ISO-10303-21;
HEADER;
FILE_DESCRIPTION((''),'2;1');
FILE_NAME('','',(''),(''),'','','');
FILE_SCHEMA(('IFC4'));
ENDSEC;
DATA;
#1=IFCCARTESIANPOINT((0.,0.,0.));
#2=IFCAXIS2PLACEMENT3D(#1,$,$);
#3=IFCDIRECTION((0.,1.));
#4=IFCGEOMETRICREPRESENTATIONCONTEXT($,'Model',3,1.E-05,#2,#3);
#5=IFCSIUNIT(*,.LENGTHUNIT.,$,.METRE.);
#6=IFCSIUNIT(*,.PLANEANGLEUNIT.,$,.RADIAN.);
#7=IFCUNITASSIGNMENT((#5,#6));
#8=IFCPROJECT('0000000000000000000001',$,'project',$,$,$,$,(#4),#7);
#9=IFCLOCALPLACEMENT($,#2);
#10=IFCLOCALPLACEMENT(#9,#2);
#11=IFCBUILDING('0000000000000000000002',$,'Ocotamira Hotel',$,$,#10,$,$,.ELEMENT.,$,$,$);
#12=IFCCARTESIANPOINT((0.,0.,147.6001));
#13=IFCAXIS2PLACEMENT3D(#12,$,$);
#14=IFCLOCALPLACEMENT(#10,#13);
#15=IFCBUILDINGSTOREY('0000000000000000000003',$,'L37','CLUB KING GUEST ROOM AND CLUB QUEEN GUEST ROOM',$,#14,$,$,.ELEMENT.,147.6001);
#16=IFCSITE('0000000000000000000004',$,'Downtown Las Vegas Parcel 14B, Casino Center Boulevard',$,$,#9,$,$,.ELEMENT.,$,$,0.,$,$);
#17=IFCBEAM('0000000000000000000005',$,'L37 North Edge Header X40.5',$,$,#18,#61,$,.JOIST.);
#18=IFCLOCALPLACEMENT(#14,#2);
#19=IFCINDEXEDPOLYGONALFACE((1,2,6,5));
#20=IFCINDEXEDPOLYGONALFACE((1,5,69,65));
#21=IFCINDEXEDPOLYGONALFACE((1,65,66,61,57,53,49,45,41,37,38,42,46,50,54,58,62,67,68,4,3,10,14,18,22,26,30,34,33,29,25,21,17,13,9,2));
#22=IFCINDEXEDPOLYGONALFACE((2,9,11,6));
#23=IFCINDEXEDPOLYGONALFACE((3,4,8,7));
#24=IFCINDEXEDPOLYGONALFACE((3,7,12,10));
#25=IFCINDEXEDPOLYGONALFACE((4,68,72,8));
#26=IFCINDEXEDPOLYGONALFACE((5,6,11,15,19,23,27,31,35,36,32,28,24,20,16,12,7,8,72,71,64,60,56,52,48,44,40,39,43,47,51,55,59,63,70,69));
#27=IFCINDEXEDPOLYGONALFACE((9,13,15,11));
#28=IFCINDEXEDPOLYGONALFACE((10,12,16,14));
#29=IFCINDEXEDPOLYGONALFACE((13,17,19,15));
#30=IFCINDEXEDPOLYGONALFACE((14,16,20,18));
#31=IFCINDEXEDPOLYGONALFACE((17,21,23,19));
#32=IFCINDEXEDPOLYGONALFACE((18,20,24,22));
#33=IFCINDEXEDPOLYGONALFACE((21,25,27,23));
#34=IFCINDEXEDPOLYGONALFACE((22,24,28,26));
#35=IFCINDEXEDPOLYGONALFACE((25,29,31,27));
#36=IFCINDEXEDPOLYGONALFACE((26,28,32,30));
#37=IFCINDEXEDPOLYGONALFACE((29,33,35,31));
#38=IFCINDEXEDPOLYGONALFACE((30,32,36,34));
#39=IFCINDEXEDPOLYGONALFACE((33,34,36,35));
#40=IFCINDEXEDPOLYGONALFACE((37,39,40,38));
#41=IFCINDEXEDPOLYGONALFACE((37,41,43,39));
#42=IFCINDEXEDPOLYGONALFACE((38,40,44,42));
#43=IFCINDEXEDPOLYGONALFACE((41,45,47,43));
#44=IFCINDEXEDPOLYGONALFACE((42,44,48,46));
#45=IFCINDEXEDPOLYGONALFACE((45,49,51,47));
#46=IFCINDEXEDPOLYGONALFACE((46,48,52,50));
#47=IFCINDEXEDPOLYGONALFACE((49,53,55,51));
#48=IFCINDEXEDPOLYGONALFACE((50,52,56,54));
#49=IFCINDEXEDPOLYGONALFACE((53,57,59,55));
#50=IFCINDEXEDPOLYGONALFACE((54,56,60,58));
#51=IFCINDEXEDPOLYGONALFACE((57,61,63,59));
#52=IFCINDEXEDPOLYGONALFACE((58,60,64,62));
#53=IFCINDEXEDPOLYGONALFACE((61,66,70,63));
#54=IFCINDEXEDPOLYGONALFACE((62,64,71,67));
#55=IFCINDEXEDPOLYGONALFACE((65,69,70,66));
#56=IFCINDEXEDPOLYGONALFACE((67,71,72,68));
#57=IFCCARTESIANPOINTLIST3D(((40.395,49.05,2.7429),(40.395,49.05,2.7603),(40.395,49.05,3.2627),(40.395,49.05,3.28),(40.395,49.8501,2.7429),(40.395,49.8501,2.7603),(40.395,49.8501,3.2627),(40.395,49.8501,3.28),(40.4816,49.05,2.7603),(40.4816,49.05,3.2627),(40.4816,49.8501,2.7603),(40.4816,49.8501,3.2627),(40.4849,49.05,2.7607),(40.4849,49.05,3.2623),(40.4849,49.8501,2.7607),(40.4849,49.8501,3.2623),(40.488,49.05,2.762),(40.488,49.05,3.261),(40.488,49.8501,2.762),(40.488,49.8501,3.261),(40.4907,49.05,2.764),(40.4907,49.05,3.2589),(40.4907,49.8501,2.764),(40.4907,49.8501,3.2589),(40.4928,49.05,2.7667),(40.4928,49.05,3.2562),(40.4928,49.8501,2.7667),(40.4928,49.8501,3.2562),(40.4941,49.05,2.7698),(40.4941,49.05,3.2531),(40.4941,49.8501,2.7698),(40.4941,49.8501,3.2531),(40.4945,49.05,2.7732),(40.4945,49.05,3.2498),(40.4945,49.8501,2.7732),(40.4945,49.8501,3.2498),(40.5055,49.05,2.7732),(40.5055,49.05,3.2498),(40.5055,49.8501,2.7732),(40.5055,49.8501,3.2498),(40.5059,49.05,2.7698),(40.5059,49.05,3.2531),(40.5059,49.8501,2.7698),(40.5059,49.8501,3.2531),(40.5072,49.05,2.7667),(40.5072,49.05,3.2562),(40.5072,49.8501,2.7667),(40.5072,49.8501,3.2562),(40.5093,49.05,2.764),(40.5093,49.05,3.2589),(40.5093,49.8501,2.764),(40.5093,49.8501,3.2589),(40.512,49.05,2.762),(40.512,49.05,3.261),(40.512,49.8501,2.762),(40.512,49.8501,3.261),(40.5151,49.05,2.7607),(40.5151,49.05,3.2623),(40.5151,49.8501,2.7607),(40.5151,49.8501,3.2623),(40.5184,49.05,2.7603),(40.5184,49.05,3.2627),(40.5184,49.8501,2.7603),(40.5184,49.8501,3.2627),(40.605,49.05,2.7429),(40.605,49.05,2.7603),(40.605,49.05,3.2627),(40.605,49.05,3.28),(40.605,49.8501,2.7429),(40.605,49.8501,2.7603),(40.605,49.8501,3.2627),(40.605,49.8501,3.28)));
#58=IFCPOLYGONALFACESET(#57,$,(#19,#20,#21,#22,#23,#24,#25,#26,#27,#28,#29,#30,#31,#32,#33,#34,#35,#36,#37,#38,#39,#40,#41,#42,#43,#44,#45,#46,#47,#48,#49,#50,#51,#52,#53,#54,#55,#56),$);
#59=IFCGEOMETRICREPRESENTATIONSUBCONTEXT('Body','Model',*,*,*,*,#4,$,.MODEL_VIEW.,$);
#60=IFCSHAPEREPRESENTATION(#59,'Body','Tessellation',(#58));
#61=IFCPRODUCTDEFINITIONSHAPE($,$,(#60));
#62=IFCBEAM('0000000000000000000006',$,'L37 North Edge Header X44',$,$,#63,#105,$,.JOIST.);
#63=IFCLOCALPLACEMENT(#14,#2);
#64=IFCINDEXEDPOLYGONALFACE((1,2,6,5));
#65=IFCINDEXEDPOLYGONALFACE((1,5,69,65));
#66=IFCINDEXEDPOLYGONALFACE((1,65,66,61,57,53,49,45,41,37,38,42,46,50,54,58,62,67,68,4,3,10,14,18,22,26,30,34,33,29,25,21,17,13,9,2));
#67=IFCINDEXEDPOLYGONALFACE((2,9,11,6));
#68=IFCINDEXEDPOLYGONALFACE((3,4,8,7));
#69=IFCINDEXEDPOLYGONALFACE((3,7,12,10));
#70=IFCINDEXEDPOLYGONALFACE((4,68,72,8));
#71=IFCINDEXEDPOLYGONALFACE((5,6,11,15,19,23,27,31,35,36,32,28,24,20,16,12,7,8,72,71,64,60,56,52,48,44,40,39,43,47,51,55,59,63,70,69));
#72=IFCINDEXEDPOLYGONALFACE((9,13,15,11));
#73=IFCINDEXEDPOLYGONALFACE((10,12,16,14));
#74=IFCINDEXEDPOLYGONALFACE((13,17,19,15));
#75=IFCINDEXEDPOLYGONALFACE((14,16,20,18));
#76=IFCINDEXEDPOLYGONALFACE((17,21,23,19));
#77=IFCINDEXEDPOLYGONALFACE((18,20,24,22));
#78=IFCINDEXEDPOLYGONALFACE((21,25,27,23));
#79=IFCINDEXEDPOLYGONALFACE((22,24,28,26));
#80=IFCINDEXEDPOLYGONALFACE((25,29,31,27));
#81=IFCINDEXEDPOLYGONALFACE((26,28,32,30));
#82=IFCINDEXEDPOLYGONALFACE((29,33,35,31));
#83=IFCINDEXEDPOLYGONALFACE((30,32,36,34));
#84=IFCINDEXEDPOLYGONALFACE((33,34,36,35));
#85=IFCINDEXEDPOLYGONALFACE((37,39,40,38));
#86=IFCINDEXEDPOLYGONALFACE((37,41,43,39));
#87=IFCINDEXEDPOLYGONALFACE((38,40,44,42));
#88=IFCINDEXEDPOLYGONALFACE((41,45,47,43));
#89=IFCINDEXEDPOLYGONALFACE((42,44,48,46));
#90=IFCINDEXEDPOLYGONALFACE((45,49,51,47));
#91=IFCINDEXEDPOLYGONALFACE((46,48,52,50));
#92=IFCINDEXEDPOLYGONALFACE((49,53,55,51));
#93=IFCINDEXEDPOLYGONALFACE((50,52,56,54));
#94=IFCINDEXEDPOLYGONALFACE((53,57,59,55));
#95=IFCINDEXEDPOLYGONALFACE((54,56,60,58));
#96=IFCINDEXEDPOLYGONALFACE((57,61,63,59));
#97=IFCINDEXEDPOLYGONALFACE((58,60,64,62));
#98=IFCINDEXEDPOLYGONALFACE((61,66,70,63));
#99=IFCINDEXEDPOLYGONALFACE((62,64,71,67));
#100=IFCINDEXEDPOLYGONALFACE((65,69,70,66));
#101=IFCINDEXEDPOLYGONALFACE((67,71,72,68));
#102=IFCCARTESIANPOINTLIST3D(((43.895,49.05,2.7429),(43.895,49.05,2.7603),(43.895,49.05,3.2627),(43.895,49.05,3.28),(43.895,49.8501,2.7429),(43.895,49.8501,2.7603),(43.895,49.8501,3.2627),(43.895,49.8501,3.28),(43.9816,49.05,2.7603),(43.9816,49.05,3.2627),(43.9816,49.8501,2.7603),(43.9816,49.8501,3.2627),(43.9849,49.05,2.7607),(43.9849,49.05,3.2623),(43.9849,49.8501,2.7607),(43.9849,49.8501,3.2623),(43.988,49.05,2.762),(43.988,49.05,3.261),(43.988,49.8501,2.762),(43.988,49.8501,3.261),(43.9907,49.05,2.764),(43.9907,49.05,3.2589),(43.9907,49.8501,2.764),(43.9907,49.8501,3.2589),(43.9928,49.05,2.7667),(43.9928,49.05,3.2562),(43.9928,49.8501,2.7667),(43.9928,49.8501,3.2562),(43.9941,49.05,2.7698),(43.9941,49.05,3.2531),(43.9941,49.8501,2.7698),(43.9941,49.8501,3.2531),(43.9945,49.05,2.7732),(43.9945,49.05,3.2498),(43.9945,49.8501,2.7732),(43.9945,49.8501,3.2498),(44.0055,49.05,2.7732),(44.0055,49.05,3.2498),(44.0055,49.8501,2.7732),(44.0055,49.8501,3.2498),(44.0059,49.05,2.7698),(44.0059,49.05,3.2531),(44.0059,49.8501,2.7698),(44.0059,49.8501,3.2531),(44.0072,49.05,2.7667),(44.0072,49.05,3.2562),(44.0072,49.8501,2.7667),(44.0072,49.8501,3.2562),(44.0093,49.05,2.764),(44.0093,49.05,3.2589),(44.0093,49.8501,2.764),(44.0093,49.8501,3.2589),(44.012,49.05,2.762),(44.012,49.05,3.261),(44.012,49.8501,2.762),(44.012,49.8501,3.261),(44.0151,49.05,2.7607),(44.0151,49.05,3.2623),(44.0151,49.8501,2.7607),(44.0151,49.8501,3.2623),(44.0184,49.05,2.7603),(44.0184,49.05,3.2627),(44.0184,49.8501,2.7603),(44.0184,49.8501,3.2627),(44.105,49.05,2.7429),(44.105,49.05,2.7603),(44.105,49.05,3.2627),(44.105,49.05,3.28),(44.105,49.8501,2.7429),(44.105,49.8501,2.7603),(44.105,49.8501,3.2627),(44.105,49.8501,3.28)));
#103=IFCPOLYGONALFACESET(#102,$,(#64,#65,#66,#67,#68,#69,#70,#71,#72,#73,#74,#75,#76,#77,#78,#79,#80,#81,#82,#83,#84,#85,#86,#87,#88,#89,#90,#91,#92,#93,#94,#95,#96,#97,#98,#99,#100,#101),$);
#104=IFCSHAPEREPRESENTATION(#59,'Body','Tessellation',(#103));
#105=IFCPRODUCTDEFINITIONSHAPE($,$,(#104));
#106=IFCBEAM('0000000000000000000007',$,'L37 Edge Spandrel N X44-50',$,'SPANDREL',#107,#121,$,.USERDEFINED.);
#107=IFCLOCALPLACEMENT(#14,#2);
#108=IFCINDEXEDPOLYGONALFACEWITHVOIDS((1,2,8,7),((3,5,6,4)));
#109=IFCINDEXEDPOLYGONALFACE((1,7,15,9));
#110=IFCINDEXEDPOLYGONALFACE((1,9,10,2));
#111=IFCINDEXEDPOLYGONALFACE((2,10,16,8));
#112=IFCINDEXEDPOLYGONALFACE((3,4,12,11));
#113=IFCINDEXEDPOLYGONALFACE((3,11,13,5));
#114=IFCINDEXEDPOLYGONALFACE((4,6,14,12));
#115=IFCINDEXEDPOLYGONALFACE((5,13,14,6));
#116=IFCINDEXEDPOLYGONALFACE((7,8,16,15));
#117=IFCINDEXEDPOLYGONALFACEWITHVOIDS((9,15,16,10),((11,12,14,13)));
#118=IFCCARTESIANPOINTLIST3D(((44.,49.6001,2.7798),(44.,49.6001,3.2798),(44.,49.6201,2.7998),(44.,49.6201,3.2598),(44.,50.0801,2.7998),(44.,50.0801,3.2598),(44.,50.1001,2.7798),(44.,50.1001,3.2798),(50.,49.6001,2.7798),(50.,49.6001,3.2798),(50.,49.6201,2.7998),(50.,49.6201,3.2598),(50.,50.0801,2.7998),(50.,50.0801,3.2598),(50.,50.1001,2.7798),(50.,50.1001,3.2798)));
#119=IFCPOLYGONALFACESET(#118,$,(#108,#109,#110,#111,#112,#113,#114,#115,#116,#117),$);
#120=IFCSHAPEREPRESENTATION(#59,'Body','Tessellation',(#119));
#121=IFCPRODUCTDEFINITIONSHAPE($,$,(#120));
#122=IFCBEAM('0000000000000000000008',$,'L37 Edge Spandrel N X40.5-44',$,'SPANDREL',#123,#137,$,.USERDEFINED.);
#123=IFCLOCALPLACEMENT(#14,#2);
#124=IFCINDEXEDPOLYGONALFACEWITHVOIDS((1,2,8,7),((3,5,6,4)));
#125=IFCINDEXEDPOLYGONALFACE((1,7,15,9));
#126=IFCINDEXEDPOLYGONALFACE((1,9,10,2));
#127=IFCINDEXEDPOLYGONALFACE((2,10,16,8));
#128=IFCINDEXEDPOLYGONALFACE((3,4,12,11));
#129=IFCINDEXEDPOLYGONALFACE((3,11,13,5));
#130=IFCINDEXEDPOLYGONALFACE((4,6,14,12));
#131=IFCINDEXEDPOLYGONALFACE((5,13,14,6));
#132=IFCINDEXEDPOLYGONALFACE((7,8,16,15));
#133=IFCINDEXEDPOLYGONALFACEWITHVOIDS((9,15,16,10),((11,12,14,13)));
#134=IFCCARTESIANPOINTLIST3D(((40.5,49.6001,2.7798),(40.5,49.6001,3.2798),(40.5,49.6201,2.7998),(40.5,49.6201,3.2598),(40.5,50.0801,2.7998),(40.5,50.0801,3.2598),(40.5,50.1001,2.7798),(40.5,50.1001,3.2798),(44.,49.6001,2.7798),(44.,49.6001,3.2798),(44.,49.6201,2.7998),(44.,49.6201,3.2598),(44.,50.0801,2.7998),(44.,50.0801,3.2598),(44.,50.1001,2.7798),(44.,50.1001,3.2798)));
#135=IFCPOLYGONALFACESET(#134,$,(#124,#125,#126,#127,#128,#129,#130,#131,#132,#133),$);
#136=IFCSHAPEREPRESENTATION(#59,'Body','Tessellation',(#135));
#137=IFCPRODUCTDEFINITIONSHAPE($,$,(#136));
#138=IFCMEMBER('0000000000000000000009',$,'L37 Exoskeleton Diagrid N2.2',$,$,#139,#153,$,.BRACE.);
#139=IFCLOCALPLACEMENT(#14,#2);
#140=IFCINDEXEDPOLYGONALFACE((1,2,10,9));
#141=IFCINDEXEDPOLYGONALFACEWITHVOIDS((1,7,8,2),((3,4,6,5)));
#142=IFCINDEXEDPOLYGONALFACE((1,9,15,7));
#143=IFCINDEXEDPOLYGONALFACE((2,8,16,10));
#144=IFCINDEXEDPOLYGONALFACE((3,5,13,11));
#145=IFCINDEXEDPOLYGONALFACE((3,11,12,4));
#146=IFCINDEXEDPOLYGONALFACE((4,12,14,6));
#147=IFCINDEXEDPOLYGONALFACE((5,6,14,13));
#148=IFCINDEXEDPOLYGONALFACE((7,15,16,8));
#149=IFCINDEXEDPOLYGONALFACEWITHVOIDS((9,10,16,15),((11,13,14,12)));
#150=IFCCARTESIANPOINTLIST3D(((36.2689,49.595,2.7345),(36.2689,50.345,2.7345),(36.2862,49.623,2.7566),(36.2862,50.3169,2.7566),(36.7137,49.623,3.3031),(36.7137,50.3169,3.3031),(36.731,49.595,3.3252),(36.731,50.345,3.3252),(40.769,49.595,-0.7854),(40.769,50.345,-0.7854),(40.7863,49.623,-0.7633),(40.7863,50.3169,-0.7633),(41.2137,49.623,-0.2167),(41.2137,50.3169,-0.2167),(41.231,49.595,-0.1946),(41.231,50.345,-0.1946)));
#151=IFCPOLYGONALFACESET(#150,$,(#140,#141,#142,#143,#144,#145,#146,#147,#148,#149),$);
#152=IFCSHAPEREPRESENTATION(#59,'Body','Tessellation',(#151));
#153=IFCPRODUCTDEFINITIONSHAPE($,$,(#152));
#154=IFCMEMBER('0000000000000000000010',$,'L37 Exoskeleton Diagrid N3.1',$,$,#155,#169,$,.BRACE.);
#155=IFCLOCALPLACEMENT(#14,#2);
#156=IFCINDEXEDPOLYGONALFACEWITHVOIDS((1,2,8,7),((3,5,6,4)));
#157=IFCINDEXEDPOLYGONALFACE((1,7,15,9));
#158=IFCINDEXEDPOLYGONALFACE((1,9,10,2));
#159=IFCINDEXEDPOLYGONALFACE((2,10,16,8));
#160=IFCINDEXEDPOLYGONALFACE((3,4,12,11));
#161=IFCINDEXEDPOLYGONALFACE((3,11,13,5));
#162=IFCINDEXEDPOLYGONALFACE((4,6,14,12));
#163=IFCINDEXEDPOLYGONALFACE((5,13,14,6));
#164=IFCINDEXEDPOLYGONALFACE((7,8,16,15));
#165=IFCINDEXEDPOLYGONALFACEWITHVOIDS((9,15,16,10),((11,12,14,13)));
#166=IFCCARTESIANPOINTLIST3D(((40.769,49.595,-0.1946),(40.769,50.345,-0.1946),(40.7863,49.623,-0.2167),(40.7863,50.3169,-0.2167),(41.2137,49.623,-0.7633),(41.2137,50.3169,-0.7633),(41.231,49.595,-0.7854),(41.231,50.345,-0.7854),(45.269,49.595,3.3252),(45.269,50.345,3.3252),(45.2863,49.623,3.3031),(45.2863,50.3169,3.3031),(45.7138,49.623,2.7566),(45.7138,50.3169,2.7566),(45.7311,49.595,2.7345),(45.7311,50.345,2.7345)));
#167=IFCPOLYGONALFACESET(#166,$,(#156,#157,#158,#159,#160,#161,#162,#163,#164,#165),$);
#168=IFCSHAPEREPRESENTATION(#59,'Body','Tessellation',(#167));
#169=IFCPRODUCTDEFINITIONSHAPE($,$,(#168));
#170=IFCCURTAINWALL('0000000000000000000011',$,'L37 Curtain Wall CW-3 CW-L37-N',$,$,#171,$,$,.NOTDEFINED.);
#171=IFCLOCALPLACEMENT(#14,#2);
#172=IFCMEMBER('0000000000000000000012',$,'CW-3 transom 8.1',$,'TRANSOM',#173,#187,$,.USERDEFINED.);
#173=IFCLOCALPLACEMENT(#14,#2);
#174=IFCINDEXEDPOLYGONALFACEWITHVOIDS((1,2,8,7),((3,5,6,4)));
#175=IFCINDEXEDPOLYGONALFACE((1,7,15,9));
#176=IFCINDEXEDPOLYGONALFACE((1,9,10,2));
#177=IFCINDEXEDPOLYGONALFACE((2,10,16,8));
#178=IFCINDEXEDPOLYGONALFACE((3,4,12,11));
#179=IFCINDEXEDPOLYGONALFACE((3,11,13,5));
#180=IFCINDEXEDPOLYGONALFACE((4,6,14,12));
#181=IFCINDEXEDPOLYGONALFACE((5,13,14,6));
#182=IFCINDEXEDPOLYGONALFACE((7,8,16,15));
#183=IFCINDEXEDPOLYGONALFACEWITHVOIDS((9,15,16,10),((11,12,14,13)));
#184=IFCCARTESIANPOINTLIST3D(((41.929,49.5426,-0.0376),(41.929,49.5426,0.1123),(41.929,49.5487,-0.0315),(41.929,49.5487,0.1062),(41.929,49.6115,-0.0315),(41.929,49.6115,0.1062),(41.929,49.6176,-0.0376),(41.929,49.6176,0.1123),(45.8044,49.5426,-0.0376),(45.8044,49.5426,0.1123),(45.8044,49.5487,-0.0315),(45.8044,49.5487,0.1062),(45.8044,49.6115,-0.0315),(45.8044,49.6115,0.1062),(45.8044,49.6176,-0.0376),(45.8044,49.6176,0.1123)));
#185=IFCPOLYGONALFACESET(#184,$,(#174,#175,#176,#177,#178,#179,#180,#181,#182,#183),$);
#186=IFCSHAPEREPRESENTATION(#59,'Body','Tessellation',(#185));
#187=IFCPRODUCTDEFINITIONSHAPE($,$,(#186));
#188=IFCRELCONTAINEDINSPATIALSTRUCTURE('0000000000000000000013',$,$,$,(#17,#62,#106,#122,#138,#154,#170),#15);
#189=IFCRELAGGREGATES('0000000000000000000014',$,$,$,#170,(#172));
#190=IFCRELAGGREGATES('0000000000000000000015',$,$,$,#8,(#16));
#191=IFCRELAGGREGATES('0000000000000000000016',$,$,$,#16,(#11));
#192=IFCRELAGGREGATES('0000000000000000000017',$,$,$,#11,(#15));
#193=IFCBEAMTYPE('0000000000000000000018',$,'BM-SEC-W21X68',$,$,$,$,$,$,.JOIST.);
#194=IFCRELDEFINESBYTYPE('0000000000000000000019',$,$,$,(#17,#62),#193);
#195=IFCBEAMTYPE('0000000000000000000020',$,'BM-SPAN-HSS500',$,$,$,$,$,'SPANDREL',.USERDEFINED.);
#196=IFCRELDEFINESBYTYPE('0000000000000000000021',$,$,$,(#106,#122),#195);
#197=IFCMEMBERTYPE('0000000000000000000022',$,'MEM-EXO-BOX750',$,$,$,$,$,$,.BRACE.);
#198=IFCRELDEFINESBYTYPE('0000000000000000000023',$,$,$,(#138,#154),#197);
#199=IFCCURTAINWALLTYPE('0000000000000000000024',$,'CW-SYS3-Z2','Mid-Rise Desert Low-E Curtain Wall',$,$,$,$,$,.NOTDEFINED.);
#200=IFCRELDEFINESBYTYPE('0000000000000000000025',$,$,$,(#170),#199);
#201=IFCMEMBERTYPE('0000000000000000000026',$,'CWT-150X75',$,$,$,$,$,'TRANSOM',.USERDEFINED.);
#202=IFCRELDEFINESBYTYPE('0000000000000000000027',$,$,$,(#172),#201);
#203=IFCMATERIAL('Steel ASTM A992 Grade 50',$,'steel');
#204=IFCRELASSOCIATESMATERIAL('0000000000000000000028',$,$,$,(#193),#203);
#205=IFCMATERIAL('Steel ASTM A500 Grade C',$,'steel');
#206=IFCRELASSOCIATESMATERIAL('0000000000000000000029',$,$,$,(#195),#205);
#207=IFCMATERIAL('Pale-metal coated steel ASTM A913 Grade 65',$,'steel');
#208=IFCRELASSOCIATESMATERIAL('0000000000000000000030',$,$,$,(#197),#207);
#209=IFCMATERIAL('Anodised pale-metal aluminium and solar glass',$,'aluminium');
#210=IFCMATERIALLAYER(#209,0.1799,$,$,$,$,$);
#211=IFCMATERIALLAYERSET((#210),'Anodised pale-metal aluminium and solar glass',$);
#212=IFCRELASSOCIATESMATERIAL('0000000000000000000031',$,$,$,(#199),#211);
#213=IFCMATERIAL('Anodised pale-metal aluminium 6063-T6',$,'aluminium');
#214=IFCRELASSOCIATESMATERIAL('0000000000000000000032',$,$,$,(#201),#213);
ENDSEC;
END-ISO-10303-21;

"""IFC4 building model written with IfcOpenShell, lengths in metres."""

from ifc_helpers import new_model, si_unit, direction, frame, origin, origin_2d, place, context, subcontext, project, spatial, hollow_rectangle, i_section, extrude, source, transform, mapped, material, layer, layer_set, material_profile, profile_set, type_object, element, aggregate, save


model = new_model("IFC4")

# Units and contexts
model_context = context("Model", 3, precision=1e-05, world=origin(), true_north=direction((0.0, 1.0)))
body_context = subcontext(model_context, "Body", "Model", "MODEL_VIEW")
ifc_project = project(units=[si_unit("LENGTHUNIT", "METRE"), si_unit("PLANEANGLEUNIT", "RADIAN")], contexts=[model_context])

# Site, building, storey
site_placement = place(None, origin())
site = spatial("IfcSite", under=ifc_project, at=site_placement, Name="Downtown Las Vegas Parcel 14B, Casino Center Boulevard", CompositionType="ELEMENT", RefElevation=0.0)
building_placement = place(site_placement, origin())
building = spatial("IfcBuilding", under=site, at=building_placement, Name="Ocotamira Hotel", CompositionType="ELEMENT")
storey_placement = place(building_placement, frame((0.0, 0.0, 147.6001)))
storey = spatial("IfcBuildingStorey", under=building, at=storey_placement, Name="L37", Description="CLUB KING GUEST ROOM AND CLUB QUEEN GUEST ROOM", CompositionType="ELEMENT", Elevation=147.6001)

# Beams
ifc_material_1 = material(Name="Steel ASTM A992 Grade 50", Category="steel")
ifc_material_profile_1 = material_profile(ifc_material_1, i_section(OverallWidth=0.21, OverallDepth=0.5371, WebThickness=0.011, FlangeThickness=0.0173, FilletRadius=0.0129, at=origin_2d()), Name="W21X68")
ifc_profile_set_1 = profile_set([ifc_material_profile_1], Name="Steel ASTM A992 Grade 50")
beam_type_1 = type_object("IfcBeamType", Name="BM-SEC-W21X68", PredefinedType="JOIST", material=ifc_profile_set_1)
shared_shape_1 = source(origin(), body_context, "Body", "SweptSolid", [
    extrude(i_section(OverallWidth=0.21, OverallDepth=0.5371, WebThickness=0.011, FlangeThickness=0.0173, FilletRadius=0.0129, at=origin_2d()), origin(), (0.0, 0.0, 1.0), 0.8),
])
for number, where, z_axis, x_axis, name in (
    (1, (40.5, 49.05, 3.0115), (0.0, 1.0, 0.0), (-1.0, 0.0, 0.0), "L37 North Edge Header X40.5"),
    (2, (44.0, 49.05, 3.0115), (0.0, 1.0, 0.0), (-1.0, 0.0, 0.0), "L37 North Edge Header X44"),
):
    element("IfcBeam", number, at=place(storey_placement, frame(where, z_axis=z_axis, x_axis=x_axis)), inside=storey, type_object=beam_type_1, Name=name, PredefinedType="JOIST", context=body_context, shape_type="MappedRepresentation", body=[
        mapped(shared_shape_1, transform((0.0, 0.0, 0.0), scale=1.0)),
    ])
ifc_material_2 = material(Name="Steel ASTM A500 Grade C", Category="steel")
ifc_material_profile_2 = material_profile(ifc_material_2, hollow_rectangle(XDim=0.5, YDim=0.5, WallThickness=0.02, at=origin_2d()), Name="HSS500X500X20")
ifc_profile_set_2 = profile_set([ifc_material_profile_2], Name="Steel ASTM A500 Grade C")
beam_type_2 = type_object("IfcBeamType", Name="BM-SPAN-HSS500", ElementType="SPANDREL", PredefinedType="USERDEFINED", material=ifc_profile_set_2)
shared_shape_2 = source(origin(), body_context, "Body", "SweptSolid", [
    extrude(hollow_rectangle(XDim=0.5, YDim=0.5, WallThickness=0.02, at=origin_2d()), origin(), (0.0, 0.0, 1.0), 6.0),
])
beam_1_placement = place(storey_placement, frame((44.0, 49.8501, 3.0298), z_axis=(1.0, 0.0, 0.0), x_axis=(0.0, 1.0, 0.0)))
element("IfcBeam", 3, at=beam_1_placement, inside=storey, type_object=beam_type_2, Name="L37 Edge Spandrel N X44-50", ObjectType="SPANDREL", PredefinedType="USERDEFINED", context=body_context, shape_type="MappedRepresentation", body=[
    mapped(shared_shape_2, transform((0.0, 0.0, 0.0), scale=1.0)),
])
shared_shape_3 = source(origin(), body_context, "Body", "SweptSolid", [
    extrude(hollow_rectangle(XDim=0.5, YDim=0.5, WallThickness=0.02, at=origin_2d()), origin(), (0.0, 0.0, 1.0), 3.5),
])
beam_2_placement = place(storey_placement, frame((40.5, 49.8501, 3.0298), z_axis=(1.0, 0.0, 0.0), x_axis=(0.0, 1.0, 0.0)))
element("IfcBeam", 4, at=beam_2_placement, inside=storey, type_object=beam_type_2, Name="L37 Edge Spandrel N X40.5-44", ObjectType="SPANDREL", PredefinedType="USERDEFINED", context=body_context, shape_type="MappedRepresentation", body=[
    mapped(shared_shape_3, transform((0.0, 0.0, 0.0), scale=1.0)),
])

# Members
ifc_material_3 = material(Name="Pale-metal coated steel ASTM A913 Grade 65", Category="steel")
ifc_material_profile_3 = material_profile(ifc_material_3, hollow_rectangle(XDim=0.75, YDim=0.75, WallThickness=0.0281, at=origin_2d()), Name="BOX750X750X28")
ifc_profile_set_3 = profile_set([ifc_material_profile_3], Name="Pale-metal coated steel ASTM A913 Grade 65")
member_type_1 = type_object("IfcMemberType", Name="MEM-EXO-BOX750", PredefinedType="BRACE", material=ifc_profile_set_3)
shared_shape_4 = source(origin(), body_context, "Body", "SweptSolid", [
    extrude(hollow_rectangle(XDim=0.75, YDim=0.75, WallThickness=0.0281, at=origin_2d()), origin(), (0.0, 0.0, 1.0), 5.7131),
])
for number, where, z_axis, x_axis, name in (
    (5, (41.0, 49.97, -0.49), (-0.787672, 0.0, 0.616095), (0.0, -1.0, 0.0), "L37 Exoskeleton Diagrid N2.2"),
    (6, (41.0, 49.97, -0.49), (0.787672, 0.0, 0.616095), (0.0, 1.0, 0.0), "L37 Exoskeleton Diagrid N3.1"),
):
    element("IfcMember", number, at=place(storey_placement, frame(where, z_axis=z_axis, x_axis=x_axis)), inside=storey, type_object=member_type_1, Name=name, PredefinedType="BRACE", context=body_context, shape_type="MappedRepresentation", body=[
        mapped(shared_shape_4, transform((0.0, 0.0, 0.0), scale=1.0)),
    ])

# Curtain wall, member
ifc_material_4 = material(Name="Anodised pale-metal aluminium and solar glass", Category="aluminium")
ifc_layer_1 = layer(ifc_material_4, 0.1799)
ifc_layer_set_1 = layer_set([ifc_layer_1], Name="Anodised pale-metal aluminium and solar glass")
curtain_wall_type = type_object("IfcCurtainWallType", Name="CW-SYS3-Z2", Description="Mid-Rise Desert Low-E Curtain Wall", PredefinedType="NOTDEFINED", material=ifc_layer_set_1)
curtain_wall_placement = place(storey_placement, origin())
curtain_wall = element("IfcCurtainWall", 7, at=curtain_wall_placement, inside=storey, type_object=curtain_wall_type, Name="L37 Curtain Wall CW-3 CW-L37-N", PredefinedType="NOTDEFINED")
ifc_material_5 = material(Name="Anodised pale-metal aluminium 6063-T6", Category="aluminium")
ifc_material_profile_4 = material_profile(ifc_material_5, hollow_rectangle(XDim=0.075, YDim=0.1499, WallThickness=0.0061, at=origin_2d()), Name="HSS150X75X6")
ifc_profile_set_4 = profile_set([ifc_material_profile_4], Name="Anodised pale-metal aluminium 6063-T6")
member_type_2 = type_object("IfcMemberType", Name="CWT-150X75", ElementType="TRANSOM", PredefinedType="USERDEFINED", material=ifc_profile_set_4)
shared_shape_5 = source(origin(), body_context, "Body", "SweptSolid", [
    extrude(hollow_rectangle(XDim=0.075, YDim=0.1499, WallThickness=0.0061, at=origin_2d()), origin(), (0.0, 0.0, 1.0), 3.8755),
])
member_1_placement = place(storey_placement, frame((41.929, 49.5801, 0.0374), z_axis=(1.0, 0.0, 0.0), x_axis=(0.0, 1.0, 0.0)))
member_1 = element("IfcMember", 8, at=member_1_placement, type_object=member_type_2, Name="CW-3 transom 8.1", ObjectType="TRANSOM", PredefinedType="USERDEFINED", context=body_context, shape_type="MappedRepresentation", body=[
    mapped(shared_shape_5, transform((0.0, 0.0, 0.0), scale=1.0)),
])

aggregate(curtain_wall, [member_1])

save(model, "model.ifc")
